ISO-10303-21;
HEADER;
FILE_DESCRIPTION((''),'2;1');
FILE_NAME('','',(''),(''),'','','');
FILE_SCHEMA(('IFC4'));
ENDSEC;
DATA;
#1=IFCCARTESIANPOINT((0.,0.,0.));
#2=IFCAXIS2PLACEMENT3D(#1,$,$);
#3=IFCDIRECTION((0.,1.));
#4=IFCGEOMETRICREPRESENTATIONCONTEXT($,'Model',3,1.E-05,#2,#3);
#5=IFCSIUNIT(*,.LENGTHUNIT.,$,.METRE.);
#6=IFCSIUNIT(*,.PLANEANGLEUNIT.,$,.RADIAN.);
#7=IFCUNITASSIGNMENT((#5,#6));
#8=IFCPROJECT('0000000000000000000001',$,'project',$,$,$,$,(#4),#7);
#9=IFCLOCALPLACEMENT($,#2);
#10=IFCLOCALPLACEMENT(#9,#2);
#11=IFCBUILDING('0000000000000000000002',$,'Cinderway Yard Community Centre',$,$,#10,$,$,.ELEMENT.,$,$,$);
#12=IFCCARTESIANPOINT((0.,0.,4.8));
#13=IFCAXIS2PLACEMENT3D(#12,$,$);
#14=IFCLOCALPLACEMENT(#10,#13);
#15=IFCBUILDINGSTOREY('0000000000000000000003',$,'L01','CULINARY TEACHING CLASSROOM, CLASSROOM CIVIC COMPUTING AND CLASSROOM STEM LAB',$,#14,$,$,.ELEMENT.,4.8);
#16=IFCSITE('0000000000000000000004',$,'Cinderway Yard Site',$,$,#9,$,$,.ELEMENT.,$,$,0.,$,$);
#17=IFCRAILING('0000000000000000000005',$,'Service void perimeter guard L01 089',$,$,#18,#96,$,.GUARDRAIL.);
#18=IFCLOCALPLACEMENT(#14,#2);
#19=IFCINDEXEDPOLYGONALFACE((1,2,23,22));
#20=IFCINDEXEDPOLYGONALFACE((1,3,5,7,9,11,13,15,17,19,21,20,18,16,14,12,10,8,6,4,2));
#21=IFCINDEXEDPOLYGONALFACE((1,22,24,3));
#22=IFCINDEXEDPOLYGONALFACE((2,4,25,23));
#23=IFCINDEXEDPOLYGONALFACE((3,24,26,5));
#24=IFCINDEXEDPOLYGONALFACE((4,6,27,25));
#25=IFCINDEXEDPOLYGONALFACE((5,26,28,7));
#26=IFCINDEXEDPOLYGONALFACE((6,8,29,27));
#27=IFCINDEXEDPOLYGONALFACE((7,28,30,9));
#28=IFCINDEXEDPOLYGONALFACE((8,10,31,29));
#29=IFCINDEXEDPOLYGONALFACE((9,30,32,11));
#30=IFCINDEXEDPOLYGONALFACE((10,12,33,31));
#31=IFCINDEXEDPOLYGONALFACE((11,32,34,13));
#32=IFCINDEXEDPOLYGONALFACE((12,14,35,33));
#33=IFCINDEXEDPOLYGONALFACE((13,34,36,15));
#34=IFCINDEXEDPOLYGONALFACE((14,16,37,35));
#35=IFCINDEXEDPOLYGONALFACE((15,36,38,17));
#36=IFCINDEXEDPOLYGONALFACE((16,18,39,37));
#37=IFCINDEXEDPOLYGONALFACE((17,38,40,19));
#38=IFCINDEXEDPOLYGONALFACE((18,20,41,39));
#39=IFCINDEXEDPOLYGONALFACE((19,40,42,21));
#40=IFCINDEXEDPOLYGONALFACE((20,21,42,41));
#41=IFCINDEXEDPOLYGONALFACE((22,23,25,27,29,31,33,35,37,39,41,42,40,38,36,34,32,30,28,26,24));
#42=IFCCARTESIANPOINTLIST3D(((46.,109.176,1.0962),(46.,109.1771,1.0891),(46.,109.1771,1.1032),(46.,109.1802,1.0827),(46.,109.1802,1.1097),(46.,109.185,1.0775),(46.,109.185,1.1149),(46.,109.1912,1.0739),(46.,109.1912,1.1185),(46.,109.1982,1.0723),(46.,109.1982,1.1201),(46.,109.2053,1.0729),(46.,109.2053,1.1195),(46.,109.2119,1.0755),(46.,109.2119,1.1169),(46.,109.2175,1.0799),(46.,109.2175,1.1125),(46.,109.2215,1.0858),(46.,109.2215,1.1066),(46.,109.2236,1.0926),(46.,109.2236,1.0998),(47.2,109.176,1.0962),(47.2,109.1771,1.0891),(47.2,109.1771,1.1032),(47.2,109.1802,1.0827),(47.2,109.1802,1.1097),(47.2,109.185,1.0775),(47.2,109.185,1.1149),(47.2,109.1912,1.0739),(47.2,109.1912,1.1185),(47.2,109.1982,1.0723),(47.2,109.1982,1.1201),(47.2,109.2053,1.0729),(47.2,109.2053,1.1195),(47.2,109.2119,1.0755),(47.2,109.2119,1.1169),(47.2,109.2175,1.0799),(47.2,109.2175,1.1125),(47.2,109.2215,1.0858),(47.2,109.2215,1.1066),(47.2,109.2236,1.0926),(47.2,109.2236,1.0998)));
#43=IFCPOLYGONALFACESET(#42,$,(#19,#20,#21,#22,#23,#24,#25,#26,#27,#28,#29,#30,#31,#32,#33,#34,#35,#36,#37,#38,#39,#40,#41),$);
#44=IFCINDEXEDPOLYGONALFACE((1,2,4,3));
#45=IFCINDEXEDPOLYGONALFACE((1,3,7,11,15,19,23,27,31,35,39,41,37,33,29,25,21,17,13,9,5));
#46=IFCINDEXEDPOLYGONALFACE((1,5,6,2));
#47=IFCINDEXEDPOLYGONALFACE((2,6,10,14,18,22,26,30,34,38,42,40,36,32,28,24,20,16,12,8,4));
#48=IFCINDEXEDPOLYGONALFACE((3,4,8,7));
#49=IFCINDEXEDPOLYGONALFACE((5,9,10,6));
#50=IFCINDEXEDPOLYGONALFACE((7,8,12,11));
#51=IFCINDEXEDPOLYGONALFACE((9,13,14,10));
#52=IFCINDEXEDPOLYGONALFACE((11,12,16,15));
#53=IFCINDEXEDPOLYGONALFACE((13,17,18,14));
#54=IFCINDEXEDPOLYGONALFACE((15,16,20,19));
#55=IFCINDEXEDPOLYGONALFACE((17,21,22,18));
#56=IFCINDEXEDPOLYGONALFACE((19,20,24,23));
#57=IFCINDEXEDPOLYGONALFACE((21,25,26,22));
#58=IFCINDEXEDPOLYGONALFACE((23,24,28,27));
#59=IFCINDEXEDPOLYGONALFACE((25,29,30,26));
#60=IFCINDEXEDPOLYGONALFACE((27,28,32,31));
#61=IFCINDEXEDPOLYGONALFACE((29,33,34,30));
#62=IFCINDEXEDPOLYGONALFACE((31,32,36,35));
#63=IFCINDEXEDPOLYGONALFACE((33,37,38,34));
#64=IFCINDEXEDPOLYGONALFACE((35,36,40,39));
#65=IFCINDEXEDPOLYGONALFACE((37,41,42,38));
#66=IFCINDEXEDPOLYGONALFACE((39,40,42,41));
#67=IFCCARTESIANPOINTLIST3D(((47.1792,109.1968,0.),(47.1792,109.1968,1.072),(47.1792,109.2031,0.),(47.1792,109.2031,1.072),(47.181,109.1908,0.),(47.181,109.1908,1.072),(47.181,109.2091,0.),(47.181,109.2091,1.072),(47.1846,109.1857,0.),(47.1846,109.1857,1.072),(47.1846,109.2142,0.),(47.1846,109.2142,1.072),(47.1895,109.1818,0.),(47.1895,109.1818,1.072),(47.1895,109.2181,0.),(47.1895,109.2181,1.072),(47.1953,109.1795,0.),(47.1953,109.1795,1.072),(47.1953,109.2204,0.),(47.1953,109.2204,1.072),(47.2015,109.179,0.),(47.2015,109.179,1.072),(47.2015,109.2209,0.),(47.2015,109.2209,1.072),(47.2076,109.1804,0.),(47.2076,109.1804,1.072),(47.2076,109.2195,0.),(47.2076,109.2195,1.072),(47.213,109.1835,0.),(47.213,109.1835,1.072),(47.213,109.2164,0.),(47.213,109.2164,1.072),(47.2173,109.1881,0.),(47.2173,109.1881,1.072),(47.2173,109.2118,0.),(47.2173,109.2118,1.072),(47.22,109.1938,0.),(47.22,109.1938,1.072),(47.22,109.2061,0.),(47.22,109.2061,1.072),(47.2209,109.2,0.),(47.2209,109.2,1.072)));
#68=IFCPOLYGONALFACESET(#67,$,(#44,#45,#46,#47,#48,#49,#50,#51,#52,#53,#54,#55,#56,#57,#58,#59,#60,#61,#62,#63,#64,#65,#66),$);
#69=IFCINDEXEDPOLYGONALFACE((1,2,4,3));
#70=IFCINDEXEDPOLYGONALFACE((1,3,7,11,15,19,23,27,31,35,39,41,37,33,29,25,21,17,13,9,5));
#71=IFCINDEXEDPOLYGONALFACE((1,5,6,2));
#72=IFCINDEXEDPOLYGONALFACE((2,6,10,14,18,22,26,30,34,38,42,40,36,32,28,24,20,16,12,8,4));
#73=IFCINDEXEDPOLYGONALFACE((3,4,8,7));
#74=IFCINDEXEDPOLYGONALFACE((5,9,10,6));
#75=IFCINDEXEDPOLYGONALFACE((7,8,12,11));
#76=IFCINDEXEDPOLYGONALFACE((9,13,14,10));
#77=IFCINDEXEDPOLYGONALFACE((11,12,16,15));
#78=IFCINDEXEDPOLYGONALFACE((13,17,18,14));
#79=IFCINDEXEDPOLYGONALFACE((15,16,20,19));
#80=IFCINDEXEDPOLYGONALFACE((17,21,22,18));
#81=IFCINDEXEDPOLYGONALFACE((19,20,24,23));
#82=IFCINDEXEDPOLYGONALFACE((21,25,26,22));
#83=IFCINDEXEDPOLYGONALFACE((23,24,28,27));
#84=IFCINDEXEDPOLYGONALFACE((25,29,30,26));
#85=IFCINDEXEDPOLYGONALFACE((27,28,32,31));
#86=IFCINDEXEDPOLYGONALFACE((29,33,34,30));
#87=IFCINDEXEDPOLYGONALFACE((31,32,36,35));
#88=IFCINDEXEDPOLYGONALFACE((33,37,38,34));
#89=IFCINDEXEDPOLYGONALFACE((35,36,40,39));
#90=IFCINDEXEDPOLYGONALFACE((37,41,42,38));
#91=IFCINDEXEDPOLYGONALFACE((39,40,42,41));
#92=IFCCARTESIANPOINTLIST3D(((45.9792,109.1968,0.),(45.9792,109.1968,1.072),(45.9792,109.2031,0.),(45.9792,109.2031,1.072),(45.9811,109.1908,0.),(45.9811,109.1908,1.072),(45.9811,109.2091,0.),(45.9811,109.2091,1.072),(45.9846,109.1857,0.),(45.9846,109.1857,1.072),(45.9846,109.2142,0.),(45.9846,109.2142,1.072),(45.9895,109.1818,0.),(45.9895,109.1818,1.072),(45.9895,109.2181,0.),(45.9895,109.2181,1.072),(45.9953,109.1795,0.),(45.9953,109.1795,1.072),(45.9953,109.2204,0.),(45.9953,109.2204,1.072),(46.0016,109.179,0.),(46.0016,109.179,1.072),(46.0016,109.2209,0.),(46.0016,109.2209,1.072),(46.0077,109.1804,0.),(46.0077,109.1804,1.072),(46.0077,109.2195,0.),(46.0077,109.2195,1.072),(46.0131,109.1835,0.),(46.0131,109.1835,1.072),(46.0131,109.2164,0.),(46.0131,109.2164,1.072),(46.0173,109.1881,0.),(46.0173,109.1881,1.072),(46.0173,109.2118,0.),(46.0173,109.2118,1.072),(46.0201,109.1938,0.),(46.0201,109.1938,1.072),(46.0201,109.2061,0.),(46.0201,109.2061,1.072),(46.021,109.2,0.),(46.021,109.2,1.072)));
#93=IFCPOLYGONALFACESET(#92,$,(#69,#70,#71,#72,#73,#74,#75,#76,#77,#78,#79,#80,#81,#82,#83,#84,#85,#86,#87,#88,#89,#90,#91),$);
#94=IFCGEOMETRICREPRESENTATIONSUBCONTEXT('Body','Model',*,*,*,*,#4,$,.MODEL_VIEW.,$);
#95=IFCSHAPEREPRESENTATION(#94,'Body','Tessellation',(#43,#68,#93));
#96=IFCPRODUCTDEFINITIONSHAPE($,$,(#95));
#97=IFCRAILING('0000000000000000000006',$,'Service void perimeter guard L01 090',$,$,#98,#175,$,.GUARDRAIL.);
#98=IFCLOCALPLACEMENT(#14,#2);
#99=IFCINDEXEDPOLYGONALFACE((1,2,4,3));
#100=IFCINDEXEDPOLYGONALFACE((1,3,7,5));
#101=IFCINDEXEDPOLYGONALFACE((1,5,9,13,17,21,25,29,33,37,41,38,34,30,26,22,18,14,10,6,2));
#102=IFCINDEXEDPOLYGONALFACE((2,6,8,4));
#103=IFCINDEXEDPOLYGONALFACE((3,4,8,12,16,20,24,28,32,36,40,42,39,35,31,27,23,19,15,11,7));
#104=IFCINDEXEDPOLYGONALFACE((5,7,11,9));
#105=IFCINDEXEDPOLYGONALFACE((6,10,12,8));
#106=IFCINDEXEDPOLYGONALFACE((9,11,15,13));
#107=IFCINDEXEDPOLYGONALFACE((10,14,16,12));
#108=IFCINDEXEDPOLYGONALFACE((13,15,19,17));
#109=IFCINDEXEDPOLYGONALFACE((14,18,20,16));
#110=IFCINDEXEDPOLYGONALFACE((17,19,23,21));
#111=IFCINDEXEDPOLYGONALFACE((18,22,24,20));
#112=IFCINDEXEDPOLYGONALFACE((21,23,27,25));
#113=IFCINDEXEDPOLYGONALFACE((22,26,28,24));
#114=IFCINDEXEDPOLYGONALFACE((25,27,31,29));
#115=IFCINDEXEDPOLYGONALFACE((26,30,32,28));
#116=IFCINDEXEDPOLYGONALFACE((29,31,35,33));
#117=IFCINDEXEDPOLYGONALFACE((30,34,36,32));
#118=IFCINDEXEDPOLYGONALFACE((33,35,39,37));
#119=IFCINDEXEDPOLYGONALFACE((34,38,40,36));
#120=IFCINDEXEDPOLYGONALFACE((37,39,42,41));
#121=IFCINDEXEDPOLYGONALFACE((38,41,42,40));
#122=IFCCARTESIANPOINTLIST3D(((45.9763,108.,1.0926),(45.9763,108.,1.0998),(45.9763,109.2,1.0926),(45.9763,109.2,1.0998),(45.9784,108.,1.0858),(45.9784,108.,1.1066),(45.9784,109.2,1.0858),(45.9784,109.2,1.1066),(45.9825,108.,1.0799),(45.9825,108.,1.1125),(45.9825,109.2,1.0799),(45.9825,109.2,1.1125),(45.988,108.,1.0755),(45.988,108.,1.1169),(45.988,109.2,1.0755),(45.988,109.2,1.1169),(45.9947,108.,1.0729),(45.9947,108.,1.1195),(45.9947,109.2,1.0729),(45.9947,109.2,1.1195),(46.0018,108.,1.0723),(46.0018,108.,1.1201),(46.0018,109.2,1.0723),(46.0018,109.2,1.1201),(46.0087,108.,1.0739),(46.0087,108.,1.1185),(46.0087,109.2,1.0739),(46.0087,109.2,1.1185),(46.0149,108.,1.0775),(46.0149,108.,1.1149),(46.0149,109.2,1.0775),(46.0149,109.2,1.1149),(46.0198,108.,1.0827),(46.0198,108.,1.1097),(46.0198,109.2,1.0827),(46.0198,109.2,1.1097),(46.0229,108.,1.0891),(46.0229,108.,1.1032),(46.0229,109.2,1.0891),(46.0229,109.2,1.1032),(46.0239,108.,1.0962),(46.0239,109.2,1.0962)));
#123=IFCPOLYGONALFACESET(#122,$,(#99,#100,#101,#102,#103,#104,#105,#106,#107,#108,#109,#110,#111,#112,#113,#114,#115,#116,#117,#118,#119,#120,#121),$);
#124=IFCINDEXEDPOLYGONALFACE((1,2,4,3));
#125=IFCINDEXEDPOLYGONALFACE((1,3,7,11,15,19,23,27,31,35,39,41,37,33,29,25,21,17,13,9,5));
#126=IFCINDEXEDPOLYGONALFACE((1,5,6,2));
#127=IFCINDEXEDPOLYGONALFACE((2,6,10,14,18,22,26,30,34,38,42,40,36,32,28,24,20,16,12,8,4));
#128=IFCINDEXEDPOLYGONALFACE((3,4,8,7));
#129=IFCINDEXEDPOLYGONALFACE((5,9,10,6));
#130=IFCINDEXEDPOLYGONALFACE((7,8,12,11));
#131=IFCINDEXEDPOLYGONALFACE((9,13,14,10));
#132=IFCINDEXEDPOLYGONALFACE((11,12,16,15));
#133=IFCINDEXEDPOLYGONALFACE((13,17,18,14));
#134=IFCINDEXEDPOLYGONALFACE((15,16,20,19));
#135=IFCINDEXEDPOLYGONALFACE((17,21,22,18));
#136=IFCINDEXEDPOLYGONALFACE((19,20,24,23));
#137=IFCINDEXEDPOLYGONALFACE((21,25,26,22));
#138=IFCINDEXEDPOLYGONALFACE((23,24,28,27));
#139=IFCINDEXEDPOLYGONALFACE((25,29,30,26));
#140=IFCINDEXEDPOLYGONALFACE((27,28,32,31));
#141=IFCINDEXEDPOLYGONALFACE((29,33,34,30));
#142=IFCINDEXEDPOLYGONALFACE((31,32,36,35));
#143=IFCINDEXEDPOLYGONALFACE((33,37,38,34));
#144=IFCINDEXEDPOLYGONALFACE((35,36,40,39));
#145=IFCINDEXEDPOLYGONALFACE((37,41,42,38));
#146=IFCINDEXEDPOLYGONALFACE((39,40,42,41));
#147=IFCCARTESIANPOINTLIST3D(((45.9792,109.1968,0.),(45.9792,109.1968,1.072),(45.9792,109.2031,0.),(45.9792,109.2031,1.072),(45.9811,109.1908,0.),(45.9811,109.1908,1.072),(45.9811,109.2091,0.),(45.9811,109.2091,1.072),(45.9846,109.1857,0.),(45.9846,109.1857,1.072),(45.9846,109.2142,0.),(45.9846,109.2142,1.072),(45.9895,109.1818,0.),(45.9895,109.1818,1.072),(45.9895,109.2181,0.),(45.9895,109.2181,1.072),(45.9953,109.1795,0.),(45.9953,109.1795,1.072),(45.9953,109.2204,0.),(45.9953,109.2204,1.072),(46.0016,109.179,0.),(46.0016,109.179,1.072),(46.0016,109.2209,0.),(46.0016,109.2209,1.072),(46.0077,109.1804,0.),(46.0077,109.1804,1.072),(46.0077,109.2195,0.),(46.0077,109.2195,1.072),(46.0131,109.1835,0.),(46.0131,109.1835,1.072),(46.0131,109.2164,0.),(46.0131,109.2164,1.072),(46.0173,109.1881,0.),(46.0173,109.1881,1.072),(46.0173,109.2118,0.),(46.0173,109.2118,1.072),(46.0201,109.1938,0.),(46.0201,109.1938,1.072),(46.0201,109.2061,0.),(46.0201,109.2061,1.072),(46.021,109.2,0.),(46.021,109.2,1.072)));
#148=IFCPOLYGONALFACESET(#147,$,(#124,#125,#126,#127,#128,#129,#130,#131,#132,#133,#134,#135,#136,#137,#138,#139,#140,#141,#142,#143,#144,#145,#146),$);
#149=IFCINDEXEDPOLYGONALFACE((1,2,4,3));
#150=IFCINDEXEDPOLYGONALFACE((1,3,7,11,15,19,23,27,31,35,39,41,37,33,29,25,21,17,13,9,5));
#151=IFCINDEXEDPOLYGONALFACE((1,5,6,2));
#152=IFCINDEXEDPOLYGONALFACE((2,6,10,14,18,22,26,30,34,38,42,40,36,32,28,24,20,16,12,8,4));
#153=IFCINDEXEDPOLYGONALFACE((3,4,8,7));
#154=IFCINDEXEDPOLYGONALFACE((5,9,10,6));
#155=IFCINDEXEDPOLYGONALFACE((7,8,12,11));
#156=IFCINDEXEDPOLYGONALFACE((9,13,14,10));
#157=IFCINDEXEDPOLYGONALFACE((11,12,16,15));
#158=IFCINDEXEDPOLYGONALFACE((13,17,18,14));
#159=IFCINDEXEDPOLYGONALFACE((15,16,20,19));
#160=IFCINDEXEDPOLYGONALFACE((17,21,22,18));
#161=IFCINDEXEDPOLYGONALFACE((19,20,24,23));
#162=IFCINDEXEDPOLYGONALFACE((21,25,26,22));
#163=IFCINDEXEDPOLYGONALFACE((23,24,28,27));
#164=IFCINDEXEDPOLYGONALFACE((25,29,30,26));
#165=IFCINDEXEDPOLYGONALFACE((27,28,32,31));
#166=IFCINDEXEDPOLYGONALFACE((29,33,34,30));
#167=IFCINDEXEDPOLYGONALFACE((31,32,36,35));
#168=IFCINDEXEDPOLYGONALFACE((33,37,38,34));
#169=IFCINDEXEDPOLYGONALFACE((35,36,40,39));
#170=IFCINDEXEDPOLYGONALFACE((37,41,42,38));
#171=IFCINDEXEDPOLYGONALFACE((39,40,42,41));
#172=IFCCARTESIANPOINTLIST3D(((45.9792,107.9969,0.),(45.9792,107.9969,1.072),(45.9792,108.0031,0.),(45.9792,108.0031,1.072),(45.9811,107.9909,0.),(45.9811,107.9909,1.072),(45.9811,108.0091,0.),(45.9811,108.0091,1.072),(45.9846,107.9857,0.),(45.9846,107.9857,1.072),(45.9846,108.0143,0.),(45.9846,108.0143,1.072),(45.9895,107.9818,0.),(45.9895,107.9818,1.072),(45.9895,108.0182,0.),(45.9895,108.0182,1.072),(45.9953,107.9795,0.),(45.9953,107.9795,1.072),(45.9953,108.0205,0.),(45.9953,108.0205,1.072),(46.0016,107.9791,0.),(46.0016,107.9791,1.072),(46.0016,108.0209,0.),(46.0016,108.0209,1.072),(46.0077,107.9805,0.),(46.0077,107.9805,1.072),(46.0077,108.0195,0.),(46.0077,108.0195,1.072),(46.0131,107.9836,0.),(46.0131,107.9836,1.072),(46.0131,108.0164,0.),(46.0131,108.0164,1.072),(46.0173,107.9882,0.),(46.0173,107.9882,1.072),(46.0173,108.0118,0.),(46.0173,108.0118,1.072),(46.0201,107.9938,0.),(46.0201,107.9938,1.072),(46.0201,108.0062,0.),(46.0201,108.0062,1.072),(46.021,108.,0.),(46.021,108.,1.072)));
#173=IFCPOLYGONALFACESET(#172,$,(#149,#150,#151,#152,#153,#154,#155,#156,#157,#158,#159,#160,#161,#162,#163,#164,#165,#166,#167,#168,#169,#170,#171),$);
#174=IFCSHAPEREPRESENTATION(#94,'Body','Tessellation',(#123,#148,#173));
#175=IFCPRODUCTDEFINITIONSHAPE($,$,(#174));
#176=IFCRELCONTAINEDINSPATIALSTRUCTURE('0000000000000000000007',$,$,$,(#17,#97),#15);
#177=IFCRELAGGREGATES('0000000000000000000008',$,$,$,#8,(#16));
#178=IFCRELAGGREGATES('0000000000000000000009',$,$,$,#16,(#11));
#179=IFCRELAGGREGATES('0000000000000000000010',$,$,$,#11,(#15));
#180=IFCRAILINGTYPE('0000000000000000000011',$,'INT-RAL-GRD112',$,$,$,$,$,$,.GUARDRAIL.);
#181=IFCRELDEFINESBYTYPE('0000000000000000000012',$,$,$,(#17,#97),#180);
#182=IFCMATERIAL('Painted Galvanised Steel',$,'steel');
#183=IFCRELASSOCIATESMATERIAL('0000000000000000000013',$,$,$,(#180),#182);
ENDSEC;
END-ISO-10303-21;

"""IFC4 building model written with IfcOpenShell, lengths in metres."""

from ifc_helpers import new_model, si_unit, direction, frame, origin, origin_2d, place, context, subcontext, project, spatial, circle, extrude, material, type_object, element, save


model = new_model("IFC4")

# Units and contexts
model_context = context("Model", 3, precision=1e-05, world=origin(), true_north=direction((0.0, 1.0)))
body_context = subcontext(model_context, "Body", "Model", "MODEL_VIEW")
ifc_project = project(units=[si_unit("LENGTHUNIT", "METRE"), si_unit("PLANEANGLEUNIT", "RADIAN")], contexts=[model_context])

# Site, building, storey
site_placement = place(None, origin())
site = spatial("IfcSite", under=ifc_project, at=site_placement, Name="Cinderway Yard Site", CompositionType="ELEMENT", RefElevation=0.0)
building_placement = place(site_placement, origin())
building = spatial("IfcBuilding", under=site, at=building_placement, Name="Cinderway Yard Community Centre", CompositionType="ELEMENT")
storey_placement = place(building_placement, frame((0.0, 0.0, 4.8)))
storey = spatial("IfcBuildingStorey", under=building, at=storey_placement, Name="L01", Description="CULINARY TEACHING CLASSROOM, CLASSROOM CIVIC COMPUTING AND CLASSROOM STEM LAB", CompositionType="ELEMENT", Elevation=4.8)

# Railings
ifc_material_1 = material(Name="Painted Galvanised Steel", Category="steel")
railing_type = type_object("IfcRailingType", Name="INT-RAL-GRD112", PredefinedType="GUARDRAIL", material=ifc_material_1)
railing_1_placement = place(storey_placement, frame((47.2, 109.2, 0.0)))
element("IfcRailing", 1, at=railing_1_placement, inside=storey, type_object=railing_type, Name="Service void perimeter guard L01 089", PredefinedType="GUARDRAIL", context=body_context, shape_type="SweptSolid", body=[
    extrude(circle(Radius=0.0239, at=origin_2d()), frame((0.0, 0.0, 1.0962), z_axis=(-1.0, 0.0, 0.0), x_axis=(0.0, -1.0, 0.0)), (0.0, 0.0, 1.0), 1.2),
    extrude(circle(Radius=0.021, at=origin_2d()), origin(), (0.0, 0.0, 1.0), 1.072),
    extrude(circle(Radius=0.021, at=origin_2d()), frame((-1.2, 0.0, 0.0)), (0.0, 0.0, 1.0), 1.072),
])
railing_2_placement = place(storey_placement, frame((46.0, 109.2, 0.0)))
element("IfcRailing", 2, at=railing_2_placement, inside=storey, type_object=railing_type, Name="Service void perimeter guard L01 090", PredefinedType="GUARDRAIL", context=body_context, shape_type="SweptSolid", body=[
    extrude(circle(Radius=0.0239, at=origin_2d()), frame((0.0, 0.0, 1.0962), z_axis=(0.0, -1.0, 0.0), x_axis=(1.0, 0.0, 0.0)), (0.0, 0.0, 1.0), 1.2),
    extrude(circle(Radius=0.021, at=origin_2d()), origin(), (0.0, 0.0, 1.0), 1.072),
    extrude(circle(Radius=0.021, at=origin_2d()), frame((0.0, -1.2, 0.0)), (0.0, 0.0, 1.0), 1.072),
])

save(model, "model.ifc")
